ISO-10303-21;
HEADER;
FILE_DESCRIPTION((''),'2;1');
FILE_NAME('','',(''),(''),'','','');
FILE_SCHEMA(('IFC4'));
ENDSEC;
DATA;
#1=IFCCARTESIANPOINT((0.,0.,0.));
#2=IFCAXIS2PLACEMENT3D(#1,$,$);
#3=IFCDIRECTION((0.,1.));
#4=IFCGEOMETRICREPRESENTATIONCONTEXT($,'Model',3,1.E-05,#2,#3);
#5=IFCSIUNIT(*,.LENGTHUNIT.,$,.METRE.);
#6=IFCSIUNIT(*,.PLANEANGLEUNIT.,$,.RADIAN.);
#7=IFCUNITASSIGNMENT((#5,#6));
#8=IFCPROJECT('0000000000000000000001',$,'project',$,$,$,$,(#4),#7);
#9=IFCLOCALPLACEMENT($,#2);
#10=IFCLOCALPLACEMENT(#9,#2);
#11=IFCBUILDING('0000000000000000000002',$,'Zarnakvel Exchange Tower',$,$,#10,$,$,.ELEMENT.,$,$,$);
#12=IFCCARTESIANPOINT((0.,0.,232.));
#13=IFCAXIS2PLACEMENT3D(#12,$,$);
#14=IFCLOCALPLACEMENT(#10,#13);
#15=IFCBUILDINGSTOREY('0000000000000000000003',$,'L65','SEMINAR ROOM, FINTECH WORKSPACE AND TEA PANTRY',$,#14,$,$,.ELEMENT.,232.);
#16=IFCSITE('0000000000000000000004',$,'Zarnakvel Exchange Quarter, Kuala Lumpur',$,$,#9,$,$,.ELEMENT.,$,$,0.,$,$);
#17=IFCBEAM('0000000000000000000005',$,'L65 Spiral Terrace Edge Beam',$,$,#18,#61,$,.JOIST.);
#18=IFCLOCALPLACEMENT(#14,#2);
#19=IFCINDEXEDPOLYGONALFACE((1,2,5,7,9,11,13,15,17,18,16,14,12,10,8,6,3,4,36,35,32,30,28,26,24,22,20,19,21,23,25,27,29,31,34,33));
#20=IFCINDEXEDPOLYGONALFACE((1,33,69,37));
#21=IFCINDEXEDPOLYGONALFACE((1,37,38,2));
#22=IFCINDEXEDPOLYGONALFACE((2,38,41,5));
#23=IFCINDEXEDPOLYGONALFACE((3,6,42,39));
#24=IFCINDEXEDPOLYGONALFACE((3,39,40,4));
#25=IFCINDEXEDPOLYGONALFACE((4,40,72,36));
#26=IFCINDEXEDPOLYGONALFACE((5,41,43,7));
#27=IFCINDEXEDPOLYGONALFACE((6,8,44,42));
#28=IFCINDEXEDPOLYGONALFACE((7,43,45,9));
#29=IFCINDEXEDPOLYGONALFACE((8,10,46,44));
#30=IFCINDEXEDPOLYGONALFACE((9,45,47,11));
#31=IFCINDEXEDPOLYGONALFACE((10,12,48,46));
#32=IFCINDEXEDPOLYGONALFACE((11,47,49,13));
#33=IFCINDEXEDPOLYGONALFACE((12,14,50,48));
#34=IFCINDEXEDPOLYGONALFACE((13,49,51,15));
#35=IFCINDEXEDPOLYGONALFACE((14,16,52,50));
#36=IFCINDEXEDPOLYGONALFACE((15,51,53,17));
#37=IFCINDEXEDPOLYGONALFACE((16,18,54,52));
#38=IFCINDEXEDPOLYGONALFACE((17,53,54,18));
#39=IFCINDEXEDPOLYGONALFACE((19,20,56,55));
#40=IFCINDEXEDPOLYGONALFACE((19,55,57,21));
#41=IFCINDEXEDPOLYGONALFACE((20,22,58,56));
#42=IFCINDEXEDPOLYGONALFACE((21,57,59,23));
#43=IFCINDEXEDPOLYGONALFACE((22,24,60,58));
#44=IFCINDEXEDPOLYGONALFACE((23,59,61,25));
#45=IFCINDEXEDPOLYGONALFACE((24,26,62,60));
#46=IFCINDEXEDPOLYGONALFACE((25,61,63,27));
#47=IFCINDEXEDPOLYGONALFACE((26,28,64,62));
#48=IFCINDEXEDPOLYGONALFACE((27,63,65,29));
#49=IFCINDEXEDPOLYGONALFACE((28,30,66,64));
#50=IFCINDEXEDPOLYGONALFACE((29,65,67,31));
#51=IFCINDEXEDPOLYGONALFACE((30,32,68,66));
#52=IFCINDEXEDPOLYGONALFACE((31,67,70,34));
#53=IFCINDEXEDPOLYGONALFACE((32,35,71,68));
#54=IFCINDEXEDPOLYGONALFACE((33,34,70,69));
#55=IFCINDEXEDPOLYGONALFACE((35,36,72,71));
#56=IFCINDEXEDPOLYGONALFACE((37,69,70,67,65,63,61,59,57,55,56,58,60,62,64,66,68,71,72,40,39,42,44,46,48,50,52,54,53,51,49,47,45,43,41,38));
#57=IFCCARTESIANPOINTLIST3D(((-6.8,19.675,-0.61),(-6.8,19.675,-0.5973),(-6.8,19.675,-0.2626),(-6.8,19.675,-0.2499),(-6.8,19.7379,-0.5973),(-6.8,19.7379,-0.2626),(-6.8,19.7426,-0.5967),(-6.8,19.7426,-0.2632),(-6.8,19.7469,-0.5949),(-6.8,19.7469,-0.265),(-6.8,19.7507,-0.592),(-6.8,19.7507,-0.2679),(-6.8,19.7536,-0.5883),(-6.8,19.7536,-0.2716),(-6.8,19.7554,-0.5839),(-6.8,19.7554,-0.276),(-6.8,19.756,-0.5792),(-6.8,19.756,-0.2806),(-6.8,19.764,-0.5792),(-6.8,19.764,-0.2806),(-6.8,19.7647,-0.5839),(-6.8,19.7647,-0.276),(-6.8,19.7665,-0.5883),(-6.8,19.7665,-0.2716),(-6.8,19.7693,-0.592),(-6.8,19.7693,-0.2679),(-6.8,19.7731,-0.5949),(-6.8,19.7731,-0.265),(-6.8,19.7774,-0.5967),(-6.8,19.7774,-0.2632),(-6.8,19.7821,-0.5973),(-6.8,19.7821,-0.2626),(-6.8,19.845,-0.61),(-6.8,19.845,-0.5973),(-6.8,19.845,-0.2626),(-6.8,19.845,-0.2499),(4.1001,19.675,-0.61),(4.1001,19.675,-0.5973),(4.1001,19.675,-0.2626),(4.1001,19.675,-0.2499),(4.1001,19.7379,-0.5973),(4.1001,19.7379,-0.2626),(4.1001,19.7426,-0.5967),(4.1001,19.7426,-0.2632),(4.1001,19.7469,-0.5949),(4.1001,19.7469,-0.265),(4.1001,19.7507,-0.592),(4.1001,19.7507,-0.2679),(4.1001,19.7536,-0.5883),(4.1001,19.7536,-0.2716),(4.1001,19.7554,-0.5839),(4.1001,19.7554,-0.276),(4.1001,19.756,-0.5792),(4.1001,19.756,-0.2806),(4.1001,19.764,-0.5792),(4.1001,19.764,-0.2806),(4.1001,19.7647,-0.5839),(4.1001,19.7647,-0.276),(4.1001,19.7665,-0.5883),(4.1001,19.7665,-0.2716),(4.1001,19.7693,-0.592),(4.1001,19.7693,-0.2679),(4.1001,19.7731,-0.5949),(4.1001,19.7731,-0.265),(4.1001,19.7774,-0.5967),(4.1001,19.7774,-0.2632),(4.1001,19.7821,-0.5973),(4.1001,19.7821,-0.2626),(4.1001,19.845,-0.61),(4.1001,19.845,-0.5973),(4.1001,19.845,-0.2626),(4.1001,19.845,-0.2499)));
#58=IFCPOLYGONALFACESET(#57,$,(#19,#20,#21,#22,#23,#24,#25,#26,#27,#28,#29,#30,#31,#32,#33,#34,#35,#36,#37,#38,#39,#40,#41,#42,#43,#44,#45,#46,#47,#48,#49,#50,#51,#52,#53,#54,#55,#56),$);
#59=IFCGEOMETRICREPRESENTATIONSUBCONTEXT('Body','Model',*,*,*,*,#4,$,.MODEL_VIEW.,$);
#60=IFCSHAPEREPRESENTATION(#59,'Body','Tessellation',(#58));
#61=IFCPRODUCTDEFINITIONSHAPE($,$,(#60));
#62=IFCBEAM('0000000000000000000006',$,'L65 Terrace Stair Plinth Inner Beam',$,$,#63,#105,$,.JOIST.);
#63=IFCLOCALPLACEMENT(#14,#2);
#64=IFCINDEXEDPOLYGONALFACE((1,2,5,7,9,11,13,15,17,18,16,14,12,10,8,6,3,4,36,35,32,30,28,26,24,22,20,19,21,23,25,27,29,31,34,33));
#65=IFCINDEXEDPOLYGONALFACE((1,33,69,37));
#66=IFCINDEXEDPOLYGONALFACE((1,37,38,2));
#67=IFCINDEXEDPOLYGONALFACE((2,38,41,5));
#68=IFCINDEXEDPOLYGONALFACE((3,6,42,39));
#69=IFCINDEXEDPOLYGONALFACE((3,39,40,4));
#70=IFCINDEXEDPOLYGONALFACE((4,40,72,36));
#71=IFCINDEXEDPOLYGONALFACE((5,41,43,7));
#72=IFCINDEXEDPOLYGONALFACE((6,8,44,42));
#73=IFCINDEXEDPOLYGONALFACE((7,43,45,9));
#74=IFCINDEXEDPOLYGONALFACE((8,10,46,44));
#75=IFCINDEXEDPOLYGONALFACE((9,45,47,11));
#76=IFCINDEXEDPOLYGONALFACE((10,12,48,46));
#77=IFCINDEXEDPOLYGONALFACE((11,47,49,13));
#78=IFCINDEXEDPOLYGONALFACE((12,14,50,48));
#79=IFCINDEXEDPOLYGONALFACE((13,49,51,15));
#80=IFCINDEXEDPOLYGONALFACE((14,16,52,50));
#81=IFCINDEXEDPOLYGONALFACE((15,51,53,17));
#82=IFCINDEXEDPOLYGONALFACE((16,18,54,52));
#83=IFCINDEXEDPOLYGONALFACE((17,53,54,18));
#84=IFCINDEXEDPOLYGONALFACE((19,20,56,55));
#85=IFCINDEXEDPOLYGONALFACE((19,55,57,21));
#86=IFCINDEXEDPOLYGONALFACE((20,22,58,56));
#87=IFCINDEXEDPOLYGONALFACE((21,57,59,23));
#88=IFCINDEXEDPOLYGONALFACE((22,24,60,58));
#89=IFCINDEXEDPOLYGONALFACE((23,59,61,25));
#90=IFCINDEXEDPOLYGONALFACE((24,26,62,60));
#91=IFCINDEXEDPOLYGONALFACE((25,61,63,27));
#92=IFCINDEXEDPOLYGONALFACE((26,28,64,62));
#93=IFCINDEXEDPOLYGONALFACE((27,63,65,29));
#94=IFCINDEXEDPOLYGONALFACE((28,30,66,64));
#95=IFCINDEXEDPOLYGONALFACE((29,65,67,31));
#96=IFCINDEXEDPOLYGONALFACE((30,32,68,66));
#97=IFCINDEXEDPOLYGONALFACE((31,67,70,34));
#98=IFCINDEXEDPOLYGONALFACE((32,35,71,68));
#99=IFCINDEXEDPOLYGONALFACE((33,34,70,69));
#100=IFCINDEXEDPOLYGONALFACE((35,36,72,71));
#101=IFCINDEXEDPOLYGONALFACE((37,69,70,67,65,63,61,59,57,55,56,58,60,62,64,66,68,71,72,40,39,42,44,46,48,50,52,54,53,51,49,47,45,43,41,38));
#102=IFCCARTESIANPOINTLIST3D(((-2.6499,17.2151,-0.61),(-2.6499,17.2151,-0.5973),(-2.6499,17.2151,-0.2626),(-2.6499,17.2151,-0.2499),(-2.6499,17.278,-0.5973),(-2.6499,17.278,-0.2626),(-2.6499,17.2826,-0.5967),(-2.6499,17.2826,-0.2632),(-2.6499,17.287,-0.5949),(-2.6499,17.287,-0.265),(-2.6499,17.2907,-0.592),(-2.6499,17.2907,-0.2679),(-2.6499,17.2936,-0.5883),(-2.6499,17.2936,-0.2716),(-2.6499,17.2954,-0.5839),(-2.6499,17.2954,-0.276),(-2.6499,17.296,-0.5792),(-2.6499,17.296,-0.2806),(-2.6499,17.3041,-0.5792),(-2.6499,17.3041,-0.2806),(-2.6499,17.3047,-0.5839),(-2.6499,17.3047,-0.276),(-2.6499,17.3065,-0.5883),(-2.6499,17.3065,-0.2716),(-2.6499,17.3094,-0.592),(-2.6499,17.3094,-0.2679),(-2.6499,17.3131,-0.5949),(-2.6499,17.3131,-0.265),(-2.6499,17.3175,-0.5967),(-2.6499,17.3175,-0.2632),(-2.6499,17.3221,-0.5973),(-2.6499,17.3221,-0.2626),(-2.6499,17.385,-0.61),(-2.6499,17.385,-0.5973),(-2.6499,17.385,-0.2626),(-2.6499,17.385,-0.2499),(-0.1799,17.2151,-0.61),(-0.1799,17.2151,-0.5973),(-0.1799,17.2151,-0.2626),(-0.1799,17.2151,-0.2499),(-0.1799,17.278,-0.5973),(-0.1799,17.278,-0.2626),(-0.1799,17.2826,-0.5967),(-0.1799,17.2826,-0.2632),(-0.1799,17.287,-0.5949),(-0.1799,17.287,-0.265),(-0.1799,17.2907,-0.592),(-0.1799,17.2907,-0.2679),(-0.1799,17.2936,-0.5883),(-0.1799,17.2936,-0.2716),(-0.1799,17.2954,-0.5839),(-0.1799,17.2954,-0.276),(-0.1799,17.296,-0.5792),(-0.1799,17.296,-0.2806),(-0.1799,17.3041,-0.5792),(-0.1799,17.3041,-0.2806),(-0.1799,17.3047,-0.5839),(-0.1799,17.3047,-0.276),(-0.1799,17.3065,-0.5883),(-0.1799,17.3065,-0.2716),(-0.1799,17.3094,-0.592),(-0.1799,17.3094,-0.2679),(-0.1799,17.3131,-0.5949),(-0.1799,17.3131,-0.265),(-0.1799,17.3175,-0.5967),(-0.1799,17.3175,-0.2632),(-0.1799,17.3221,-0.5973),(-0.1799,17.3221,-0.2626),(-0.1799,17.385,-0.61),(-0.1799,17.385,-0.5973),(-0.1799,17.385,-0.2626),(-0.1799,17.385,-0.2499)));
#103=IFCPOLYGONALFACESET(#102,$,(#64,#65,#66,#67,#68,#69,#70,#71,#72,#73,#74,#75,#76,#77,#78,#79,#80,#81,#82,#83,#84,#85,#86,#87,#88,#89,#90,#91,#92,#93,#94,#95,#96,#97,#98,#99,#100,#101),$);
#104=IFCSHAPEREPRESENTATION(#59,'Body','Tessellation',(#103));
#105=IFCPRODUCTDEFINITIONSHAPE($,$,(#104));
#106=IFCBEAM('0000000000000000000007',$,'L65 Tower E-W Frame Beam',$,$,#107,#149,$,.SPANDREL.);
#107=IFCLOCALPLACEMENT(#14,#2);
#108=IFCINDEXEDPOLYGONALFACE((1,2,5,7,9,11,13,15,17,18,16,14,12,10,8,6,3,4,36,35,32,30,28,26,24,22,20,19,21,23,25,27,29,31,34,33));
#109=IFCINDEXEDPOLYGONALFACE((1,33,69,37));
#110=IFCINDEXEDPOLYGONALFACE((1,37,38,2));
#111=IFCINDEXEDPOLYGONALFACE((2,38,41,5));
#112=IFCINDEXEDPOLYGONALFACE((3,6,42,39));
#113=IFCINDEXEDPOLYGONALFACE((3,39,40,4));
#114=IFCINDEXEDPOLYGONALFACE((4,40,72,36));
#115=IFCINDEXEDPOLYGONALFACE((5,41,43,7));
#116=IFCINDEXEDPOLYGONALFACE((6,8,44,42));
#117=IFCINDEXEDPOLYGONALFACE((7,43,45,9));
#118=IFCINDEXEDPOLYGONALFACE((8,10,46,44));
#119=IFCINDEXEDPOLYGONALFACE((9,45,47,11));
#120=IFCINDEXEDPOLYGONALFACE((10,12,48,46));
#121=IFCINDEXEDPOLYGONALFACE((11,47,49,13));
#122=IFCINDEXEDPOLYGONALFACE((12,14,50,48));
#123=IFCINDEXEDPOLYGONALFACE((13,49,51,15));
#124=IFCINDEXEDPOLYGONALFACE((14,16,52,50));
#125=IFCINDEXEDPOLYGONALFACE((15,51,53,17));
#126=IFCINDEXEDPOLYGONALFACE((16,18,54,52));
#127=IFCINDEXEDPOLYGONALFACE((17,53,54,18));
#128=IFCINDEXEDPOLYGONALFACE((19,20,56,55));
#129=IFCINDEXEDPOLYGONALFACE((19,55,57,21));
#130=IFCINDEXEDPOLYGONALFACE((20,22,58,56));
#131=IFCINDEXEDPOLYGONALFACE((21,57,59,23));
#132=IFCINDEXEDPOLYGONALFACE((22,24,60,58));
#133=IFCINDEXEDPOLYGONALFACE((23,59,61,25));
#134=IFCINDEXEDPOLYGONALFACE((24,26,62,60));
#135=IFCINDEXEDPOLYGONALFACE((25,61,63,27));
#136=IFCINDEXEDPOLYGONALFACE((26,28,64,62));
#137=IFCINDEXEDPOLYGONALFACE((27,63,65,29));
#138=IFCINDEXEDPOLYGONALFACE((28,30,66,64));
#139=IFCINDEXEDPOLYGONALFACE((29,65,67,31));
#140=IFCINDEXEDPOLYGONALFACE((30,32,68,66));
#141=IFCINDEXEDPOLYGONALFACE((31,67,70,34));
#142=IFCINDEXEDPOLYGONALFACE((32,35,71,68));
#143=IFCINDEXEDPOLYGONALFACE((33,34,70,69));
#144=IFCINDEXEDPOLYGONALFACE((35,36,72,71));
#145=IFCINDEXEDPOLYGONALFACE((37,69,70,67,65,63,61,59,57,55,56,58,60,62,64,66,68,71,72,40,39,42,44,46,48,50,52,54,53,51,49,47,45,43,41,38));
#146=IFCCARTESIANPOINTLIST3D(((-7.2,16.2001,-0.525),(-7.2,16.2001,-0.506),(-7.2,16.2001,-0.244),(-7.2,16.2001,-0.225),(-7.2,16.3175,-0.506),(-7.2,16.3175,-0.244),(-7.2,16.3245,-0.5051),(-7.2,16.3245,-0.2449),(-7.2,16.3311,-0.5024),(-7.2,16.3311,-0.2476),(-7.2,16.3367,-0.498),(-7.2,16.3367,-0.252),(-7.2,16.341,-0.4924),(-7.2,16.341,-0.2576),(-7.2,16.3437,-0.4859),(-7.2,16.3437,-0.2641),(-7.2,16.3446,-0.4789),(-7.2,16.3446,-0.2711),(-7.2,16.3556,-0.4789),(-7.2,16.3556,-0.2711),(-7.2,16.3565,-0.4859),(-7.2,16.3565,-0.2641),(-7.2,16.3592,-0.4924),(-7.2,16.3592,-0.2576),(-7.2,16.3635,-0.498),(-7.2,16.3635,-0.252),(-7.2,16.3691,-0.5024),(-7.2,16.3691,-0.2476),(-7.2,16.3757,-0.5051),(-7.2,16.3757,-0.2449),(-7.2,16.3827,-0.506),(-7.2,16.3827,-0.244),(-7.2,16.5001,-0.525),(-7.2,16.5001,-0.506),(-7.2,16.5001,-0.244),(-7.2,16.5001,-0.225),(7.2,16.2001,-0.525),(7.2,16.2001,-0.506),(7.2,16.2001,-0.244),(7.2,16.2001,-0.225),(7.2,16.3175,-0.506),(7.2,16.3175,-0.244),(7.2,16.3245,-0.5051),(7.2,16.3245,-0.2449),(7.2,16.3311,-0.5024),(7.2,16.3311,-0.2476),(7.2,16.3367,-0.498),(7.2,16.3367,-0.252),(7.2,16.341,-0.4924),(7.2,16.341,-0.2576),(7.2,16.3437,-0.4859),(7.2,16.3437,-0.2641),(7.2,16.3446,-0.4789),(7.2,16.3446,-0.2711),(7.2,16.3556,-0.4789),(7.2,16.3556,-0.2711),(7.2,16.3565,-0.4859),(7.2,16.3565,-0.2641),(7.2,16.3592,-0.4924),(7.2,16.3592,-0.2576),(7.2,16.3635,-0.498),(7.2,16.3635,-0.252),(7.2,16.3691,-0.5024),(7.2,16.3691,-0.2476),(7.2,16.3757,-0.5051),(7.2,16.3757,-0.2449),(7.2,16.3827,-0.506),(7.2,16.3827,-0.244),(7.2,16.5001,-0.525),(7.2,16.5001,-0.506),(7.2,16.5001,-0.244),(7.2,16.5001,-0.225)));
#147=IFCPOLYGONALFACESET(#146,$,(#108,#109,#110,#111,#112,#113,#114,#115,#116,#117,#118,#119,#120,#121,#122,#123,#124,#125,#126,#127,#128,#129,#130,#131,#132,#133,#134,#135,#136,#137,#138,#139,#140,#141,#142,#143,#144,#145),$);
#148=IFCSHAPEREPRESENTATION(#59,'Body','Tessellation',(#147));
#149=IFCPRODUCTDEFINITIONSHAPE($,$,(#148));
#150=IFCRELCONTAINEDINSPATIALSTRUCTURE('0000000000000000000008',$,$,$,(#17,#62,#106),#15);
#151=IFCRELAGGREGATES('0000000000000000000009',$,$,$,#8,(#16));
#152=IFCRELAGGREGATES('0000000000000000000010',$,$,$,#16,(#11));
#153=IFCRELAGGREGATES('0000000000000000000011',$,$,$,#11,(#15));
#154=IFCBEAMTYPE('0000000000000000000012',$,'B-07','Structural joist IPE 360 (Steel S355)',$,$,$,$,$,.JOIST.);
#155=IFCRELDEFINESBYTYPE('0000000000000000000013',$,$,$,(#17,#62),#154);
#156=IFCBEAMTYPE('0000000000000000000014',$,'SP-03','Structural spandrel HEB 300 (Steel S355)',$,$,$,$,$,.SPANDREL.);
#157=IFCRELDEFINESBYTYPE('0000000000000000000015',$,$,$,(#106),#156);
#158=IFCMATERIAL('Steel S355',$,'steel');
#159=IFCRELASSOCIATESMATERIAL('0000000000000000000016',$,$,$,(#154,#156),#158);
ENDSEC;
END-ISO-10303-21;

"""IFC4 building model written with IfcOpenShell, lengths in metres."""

from ifc_helpers import new_model, si_unit, direction, frame, origin, origin_2d, place, context, subcontext, project, spatial, i_section, extrude, material, material_profile, profile_set, type_object, element, save


model = new_model("IFC4")

# Units and contexts
model_context = context("Model", 3, precision=1e-05, world=origin(), true_north=direction((0.0, 1.0)))
body_context = subcontext(model_context, "Body", "Model", "MODEL_VIEW")
ifc_project = project(units=[si_unit("LENGTHUNIT", "METRE"), si_unit("PLANEANGLEUNIT", "RADIAN")], contexts=[model_context])

# Site, building, storey
site_placement = place(None, origin())
site = spatial("IfcSite", under=ifc_project, at=site_placement, Name="Zarnakvel Exchange Quarter, Kuala Lumpur", CompositionType="ELEMENT", RefElevation=0.0)
building_placement = place(site_placement, origin())
building = spatial("IfcBuilding", under=site, at=building_placement, Name="Zarnakvel Exchange Tower", CompositionType="ELEMENT")
storey_placement = place(building_placement, frame((0.0, 0.0, 232.0)))
storey = spatial("IfcBuildingStorey", under=building, at=storey_placement, Name="L65", Description="SEMINAR ROOM, FINTECH WORKSPACE AND TEA PANTRY", CompositionType="ELEMENT", Elevation=232.0)

# Beams
ifc_material_1 = material(Name="Steel S355", Category="steel")
ifc_material_profile_1 = material_profile(ifc_material_1, i_section(OverallWidth=0.1699, OverallDepth=0.3601, WebThickness=0.0081, FlangeThickness=0.0127, FilletRadius=0.0181, at=origin_2d()))
ifc_profile_set_1 = profile_set([ifc_material_profile_1], Name="Steel S355")
beam_type_1 = type_object("IfcBeamType", Name="B-07", Description="Structural joist IPE 360 (Steel S355)", PredefinedType="JOIST", material=ifc_profile_set_1)
beam_1_placement = place(storey_placement, frame((-6.8, 19.76, -0.4299), z_axis=(1.0, 0.0, 0.0), x_axis=(0.0, 1.0, 0.0)))
element("IfcBeam", 1, at=beam_1_placement, inside=storey, type_object=beam_type_1, Name="L65 Spiral Terrace Edge Beam", PredefinedType="JOIST", context=body_context, shape_type="SweptSolid", body=[
    extrude(i_section(OverallWidth=0.1699, OverallDepth=0.3601, WebThickness=0.0081, FlangeThickness=0.0127, FilletRadius=0.0181, at=origin_2d()), origin(), (0.0, 0.0, 1.0), 10.9001),
])
beam_2_placement = place(storey_placement, frame((-2.6499, 17.3, -0.4299), z_axis=(1.0, 0.0, 0.0), x_axis=(0.0, 1.0, 0.0)))
element("IfcBeam", 2, at=beam_2_placement, inside=storey, type_object=beam_type_1, Name="L65 Terrace Stair Plinth Inner Beam", PredefinedType="JOIST", context=body_context, shape_type="SweptSolid", body=[
    extrude(i_section(OverallWidth=0.1699, OverallDepth=0.3601, WebThickness=0.0081, FlangeThickness=0.0127, FilletRadius=0.0181, at=origin_2d()), origin(), (0.0, 0.0, 1.0), 2.47),
])
ifc_material_profile_2 = material_profile(ifc_material_1, i_section(OverallWidth=0.3, OverallDepth=0.3, WebThickness=0.011, FlangeThickness=0.019, FilletRadius=0.0271, at=origin_2d()))
ifc_profile_set_2 = profile_set([ifc_material_profile_2], Name="Steel S355")
beam_type_2 = type_object("IfcBeamType", Name="SP-03", Description="Structural spandrel HEB 300 (Steel S355)", PredefinedType="SPANDREL", material=ifc_profile_set_2)
beam_3_placement = place(storey_placement, frame((-7.2, 16.3501, -0.375), z_axis=(1.0, 0.0, 0.0), x_axis=(0.0, 1.0, 0.0)))
element("IfcBeam", 3, at=beam_3_placement, inside=storey, type_object=beam_type_2, Name="L65 Tower E-W Frame Beam", PredefinedType="SPANDREL", context=body_context, shape_type="SweptSolid", body=[
    extrude(i_section(OverallWidth=0.3, OverallDepth=0.3, WebThickness=0.011, FlangeThickness=0.019, FilletRadius=0.0271, at=origin_2d()), origin(), (0.0, 0.0, 1.0), 14.3999),
])

save(model, "model.ifc")
